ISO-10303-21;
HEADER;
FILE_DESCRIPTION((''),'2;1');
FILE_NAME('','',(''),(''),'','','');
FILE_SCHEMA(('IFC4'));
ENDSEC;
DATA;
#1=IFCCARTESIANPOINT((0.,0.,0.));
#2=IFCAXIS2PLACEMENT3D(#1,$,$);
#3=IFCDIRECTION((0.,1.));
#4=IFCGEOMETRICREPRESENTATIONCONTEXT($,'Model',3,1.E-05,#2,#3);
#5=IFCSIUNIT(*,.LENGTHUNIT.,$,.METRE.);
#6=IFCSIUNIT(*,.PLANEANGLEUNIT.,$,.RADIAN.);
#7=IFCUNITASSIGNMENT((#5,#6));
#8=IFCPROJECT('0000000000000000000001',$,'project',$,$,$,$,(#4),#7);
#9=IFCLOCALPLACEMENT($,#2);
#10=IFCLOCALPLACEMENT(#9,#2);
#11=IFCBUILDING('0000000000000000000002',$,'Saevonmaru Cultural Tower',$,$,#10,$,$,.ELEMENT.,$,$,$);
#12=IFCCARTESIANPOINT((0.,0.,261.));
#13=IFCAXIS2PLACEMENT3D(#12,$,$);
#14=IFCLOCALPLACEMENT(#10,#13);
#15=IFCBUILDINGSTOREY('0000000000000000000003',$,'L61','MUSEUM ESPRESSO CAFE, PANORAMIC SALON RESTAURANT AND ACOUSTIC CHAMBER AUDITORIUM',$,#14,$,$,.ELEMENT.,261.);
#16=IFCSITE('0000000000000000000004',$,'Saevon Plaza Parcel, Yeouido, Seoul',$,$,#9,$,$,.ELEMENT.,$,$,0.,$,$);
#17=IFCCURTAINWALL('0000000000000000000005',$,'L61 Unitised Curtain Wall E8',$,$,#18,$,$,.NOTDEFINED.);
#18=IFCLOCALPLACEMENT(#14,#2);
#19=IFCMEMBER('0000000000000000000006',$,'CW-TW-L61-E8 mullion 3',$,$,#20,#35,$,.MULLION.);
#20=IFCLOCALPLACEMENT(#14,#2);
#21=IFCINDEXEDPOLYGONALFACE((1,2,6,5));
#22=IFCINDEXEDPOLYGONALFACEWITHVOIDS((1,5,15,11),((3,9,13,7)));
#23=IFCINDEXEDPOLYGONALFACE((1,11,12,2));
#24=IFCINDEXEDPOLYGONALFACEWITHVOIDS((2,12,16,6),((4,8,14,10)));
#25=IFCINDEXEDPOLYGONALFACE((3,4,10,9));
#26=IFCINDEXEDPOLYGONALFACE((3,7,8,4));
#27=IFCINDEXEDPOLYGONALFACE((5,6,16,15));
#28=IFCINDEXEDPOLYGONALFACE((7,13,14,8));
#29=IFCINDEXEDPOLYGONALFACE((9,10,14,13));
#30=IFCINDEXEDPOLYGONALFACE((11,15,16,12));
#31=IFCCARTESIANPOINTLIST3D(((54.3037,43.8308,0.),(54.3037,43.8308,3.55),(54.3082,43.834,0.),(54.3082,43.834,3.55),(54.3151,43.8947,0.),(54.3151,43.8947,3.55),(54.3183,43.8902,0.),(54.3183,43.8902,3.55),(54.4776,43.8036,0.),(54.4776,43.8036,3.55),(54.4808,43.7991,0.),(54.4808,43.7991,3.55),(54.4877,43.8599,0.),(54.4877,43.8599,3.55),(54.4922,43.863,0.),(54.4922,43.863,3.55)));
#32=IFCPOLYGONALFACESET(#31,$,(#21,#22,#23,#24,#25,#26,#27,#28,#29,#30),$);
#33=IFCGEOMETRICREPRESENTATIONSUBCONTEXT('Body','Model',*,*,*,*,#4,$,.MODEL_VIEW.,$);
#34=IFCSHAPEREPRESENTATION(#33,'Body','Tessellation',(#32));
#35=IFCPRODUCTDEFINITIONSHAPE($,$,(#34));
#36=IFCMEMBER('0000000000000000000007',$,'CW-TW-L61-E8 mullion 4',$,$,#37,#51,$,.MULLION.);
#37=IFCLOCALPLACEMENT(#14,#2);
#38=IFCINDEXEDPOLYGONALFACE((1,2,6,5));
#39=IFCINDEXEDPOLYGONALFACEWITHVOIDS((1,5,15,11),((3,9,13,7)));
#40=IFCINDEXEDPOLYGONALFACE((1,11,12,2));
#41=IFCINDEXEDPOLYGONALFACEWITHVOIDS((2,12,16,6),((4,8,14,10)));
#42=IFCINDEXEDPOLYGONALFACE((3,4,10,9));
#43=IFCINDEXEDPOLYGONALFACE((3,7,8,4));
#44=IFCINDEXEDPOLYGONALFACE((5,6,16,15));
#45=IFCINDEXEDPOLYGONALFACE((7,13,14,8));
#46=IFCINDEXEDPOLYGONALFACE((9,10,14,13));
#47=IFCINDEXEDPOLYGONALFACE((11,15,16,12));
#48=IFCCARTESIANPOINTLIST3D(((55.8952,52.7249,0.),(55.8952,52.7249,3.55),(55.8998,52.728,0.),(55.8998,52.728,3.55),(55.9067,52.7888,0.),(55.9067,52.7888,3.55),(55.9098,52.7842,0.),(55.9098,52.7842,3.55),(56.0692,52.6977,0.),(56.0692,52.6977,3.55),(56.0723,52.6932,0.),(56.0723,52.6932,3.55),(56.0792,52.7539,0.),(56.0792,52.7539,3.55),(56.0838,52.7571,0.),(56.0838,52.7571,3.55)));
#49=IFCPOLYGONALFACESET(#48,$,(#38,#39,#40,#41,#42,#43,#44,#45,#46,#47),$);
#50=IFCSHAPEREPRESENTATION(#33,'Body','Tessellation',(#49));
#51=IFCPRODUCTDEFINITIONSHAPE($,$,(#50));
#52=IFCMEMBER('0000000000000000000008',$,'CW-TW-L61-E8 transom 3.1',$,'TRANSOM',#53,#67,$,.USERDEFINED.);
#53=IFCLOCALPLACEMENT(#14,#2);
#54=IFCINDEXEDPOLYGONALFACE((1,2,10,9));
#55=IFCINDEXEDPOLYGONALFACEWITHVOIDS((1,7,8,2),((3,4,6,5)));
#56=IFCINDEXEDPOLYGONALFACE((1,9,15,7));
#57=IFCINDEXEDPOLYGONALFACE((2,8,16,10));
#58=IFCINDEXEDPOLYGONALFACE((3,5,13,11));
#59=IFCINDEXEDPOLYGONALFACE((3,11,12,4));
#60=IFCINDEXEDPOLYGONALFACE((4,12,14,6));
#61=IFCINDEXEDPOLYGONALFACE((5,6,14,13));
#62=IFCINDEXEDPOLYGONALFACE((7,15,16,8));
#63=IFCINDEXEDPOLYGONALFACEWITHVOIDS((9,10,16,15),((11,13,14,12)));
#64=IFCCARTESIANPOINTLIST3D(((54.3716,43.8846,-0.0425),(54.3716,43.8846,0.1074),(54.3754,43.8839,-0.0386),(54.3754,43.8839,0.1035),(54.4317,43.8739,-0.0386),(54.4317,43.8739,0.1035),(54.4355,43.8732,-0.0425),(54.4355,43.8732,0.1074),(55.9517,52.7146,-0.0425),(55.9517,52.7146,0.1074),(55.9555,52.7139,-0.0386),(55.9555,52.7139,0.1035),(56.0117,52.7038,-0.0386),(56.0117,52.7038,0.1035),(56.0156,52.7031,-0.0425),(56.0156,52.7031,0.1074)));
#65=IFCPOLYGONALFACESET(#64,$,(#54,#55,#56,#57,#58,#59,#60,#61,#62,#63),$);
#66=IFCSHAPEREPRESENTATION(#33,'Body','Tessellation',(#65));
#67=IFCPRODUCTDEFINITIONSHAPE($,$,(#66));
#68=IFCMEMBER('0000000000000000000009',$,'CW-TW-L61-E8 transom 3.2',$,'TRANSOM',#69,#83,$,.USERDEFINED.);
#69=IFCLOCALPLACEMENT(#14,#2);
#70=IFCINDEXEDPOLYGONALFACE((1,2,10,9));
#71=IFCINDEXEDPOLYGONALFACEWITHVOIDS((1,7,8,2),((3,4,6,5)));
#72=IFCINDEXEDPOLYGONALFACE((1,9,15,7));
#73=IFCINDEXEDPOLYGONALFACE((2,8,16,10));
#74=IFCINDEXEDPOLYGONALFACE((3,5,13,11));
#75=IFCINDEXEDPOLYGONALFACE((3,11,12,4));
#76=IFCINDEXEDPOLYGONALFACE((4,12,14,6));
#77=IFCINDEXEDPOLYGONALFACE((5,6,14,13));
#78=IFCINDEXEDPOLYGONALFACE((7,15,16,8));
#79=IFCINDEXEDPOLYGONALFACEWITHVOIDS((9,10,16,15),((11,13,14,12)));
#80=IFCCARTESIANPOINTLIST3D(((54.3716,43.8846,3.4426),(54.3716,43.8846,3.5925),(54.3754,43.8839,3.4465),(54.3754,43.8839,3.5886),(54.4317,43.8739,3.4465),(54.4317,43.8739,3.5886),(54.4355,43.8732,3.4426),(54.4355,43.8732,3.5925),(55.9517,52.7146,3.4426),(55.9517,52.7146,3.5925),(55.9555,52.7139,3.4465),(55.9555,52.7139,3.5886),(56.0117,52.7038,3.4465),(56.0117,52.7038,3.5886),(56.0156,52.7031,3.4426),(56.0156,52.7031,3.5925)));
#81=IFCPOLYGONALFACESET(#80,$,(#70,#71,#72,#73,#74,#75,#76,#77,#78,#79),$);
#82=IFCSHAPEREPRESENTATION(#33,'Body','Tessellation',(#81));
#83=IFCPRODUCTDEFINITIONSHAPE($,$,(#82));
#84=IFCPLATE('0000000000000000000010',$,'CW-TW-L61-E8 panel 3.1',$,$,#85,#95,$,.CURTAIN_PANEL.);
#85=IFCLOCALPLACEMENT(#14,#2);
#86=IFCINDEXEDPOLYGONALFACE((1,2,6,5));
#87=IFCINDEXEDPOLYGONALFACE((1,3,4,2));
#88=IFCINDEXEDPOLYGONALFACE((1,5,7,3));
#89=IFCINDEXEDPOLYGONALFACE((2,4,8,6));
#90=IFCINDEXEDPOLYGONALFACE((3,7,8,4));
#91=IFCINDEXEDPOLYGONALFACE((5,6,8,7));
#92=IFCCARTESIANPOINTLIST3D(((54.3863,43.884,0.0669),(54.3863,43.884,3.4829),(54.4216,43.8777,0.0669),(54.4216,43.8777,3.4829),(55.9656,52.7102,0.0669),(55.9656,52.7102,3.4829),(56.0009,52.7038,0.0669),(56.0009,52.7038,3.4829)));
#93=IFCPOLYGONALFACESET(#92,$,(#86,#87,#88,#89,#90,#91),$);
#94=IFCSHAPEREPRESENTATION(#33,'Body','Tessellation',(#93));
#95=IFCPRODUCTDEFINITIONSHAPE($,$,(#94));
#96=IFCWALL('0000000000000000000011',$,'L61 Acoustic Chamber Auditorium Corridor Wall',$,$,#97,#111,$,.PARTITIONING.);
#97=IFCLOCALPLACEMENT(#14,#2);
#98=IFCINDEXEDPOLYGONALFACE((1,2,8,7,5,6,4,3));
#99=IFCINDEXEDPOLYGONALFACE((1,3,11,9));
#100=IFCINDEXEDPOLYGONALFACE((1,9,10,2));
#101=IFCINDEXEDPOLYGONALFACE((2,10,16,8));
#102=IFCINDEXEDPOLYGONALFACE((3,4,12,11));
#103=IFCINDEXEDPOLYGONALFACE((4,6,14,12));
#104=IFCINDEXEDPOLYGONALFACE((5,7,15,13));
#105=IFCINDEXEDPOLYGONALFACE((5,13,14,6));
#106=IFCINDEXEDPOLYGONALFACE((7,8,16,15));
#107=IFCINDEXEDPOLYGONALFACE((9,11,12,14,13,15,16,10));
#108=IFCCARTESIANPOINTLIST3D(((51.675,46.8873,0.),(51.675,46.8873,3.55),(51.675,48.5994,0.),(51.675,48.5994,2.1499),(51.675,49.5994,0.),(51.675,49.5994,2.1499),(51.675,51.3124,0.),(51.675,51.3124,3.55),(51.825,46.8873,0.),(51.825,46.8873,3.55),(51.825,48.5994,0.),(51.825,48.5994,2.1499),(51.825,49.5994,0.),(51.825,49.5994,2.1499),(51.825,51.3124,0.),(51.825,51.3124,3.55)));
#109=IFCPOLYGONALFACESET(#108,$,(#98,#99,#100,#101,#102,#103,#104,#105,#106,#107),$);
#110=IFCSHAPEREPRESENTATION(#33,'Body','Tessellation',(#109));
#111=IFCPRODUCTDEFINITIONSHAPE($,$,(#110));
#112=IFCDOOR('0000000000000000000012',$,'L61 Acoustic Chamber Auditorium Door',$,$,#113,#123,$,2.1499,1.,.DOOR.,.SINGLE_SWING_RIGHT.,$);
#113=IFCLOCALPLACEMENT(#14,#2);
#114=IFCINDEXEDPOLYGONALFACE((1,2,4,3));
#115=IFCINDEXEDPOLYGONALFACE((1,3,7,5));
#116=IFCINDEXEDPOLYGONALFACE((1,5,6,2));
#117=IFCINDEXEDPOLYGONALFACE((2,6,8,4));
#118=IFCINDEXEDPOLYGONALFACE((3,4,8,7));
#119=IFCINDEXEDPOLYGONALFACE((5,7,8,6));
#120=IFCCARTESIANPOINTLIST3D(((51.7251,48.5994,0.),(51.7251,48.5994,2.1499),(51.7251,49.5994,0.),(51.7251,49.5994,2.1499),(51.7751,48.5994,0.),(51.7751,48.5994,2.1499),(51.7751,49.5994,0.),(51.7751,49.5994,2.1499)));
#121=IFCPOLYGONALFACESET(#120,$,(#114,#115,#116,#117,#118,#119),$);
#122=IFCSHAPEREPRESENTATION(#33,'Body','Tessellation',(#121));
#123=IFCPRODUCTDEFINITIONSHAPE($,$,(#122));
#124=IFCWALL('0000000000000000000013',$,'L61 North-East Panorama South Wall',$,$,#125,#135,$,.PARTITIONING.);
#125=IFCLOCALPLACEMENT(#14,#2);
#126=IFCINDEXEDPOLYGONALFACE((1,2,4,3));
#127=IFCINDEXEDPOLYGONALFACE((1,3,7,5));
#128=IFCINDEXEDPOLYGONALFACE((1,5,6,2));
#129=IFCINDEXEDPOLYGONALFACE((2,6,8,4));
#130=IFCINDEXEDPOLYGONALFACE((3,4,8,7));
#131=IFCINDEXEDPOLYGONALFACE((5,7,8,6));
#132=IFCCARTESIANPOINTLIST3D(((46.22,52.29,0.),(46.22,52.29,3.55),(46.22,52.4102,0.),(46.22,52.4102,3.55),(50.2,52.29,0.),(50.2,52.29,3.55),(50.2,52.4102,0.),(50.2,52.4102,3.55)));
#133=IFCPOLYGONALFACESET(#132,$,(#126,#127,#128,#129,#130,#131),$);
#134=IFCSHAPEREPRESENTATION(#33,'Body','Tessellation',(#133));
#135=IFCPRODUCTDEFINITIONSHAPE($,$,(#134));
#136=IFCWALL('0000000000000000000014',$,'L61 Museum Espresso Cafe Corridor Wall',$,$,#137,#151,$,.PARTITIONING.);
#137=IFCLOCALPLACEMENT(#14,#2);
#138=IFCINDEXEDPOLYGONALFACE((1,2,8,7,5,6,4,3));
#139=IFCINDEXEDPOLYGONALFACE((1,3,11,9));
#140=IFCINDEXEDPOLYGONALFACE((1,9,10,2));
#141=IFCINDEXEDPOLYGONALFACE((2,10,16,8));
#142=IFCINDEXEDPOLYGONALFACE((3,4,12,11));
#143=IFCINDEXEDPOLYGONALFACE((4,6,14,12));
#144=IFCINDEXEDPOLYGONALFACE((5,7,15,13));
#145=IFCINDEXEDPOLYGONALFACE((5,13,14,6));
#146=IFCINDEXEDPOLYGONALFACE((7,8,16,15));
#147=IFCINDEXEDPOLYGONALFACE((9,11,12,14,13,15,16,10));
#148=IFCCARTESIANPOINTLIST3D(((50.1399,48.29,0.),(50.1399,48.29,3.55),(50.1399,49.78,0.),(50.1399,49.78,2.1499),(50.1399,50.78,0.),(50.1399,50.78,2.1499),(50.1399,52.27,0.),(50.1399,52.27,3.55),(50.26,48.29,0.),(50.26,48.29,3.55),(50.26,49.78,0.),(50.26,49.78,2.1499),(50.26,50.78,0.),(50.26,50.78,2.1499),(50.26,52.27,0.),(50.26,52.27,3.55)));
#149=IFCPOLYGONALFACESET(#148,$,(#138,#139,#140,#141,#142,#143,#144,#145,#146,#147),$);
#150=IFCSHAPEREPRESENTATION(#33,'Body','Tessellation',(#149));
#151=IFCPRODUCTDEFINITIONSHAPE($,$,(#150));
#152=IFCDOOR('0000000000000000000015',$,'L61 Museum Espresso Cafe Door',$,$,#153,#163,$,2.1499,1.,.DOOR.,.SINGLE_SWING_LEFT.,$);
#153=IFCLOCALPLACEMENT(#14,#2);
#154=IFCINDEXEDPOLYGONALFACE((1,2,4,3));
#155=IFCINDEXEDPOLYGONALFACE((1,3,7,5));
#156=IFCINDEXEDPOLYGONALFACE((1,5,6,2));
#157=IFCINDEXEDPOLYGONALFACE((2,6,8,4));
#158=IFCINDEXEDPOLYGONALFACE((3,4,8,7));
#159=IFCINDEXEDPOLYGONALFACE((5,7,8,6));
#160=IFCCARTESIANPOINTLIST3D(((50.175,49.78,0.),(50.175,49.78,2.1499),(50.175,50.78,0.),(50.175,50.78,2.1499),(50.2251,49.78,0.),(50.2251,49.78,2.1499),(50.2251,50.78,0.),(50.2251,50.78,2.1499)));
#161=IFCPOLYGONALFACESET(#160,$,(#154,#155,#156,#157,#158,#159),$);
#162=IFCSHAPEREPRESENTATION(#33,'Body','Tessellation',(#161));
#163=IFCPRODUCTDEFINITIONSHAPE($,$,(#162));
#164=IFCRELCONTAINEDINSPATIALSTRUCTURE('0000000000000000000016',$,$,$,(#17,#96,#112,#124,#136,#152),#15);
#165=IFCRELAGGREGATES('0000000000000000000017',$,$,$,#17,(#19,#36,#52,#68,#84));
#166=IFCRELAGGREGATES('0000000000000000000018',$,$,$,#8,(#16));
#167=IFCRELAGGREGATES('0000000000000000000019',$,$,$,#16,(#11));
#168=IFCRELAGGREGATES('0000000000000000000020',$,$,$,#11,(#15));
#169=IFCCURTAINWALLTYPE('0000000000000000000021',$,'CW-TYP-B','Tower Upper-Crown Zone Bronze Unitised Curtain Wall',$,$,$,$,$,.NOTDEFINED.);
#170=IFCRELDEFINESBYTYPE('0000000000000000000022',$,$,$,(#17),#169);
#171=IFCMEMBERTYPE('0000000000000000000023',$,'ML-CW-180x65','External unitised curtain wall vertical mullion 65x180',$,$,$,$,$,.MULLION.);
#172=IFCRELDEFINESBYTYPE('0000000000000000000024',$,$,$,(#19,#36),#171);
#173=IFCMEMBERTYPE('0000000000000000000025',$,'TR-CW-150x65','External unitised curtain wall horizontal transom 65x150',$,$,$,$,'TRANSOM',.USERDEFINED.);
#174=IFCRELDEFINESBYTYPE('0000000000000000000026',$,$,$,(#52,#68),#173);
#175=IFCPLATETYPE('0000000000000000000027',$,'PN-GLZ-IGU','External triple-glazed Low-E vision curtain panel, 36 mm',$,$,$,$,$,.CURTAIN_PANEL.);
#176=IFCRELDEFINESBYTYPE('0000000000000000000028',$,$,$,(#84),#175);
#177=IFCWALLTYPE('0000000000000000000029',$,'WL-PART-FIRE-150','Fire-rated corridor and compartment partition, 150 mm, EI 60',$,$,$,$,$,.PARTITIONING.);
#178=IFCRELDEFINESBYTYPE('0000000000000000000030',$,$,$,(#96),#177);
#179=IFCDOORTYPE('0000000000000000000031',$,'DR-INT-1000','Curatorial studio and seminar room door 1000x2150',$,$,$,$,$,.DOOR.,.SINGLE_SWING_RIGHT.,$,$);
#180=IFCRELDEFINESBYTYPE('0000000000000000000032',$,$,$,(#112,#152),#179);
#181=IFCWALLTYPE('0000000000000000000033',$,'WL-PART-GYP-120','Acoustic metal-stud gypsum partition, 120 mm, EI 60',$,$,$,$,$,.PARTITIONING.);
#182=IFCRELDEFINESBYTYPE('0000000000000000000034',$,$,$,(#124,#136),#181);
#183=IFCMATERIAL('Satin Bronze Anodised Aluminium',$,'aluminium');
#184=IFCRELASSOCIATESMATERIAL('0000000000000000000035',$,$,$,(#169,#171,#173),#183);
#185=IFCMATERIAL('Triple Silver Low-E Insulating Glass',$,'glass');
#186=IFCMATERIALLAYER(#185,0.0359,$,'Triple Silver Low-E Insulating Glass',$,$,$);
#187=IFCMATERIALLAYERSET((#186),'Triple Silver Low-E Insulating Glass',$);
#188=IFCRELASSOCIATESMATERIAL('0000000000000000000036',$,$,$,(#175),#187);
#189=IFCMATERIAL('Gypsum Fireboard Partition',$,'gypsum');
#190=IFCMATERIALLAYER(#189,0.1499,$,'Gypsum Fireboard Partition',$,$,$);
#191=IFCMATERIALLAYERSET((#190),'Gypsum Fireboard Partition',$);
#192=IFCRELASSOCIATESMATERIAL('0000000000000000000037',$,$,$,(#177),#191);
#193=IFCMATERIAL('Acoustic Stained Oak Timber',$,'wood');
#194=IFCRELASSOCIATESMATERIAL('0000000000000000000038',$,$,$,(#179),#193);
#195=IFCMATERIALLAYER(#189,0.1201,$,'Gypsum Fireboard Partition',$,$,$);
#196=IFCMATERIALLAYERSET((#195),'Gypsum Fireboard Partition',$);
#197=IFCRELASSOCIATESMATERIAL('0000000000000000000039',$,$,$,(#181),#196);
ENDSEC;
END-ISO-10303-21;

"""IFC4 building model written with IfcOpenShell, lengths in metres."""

from ifc_helpers import new_model, si_unit, direction, frame, frame_2d, origin, origin_2d, place, context, subcontext, project, spatial, rectangle, hollow_rectangle, extrude, material, layer, layer_set, material_profile, profile_set, type_object, element, fill, aggregate, save


model = new_model("IFC4")

# Units and contexts
model_context = context("Model", 3, precision=1e-05, world=origin(), true_north=direction((0.0, 1.0)))
body_context = subcontext(model_context, "Body", "Model", "MODEL_VIEW")
ifc_project = project(units=[si_unit("LENGTHUNIT", "METRE"), si_unit("PLANEANGLEUNIT", "RADIAN")], contexts=[model_context])

# Site, building, storey
site_placement = place(None, origin())
site = spatial("IfcSite", under=ifc_project, at=site_placement, Name="Saevon Plaza Parcel, Yeouido, Seoul", CompositionType="ELEMENT", RefElevation=0.0)
building_placement = place(site_placement, origin())
building = spatial("IfcBuilding", under=site, at=building_placement, Name="Saevonmaru Cultural Tower", CompositionType="ELEMENT")
storey_placement = place(building_placement, frame((0.0, 0.0, 261.0)))
storey = spatial("IfcBuildingStorey", under=building, at=storey_placement, Name="L61", Description="MUSEUM ESPRESSO CAFE, PANORAMIC SALON RESTAURANT AND ACOUSTIC CHAMBER AUDITORIUM", CompositionType="ELEMENT", Elevation=261.0)

# Curtain wall, members, plate
ifc_material_1 = material(Name="Satin Bronze Anodised Aluminium", Category="aluminium")
curtain_wall_type = type_object("IfcCurtainWallType", Name="CW-TYP-B", Description="Tower Upper-Crown Zone Bronze Unitised Curtain Wall", PredefinedType="NOTDEFINED", material=ifc_material_1)
curtain_wall_placement = place(storey_placement, origin())
curtain_wall = element("IfcCurtainWall", 1, at=curtain_wall_placement, inside=storey, type_object=curtain_wall_type, Name="L61 Unitised Curtain Wall E8", PredefinedType="NOTDEFINED")
ifc_material_profile_1 = material_profile(ifc_material_1, hollow_rectangle(XDim=0.0649, YDim=0.1799, WallThickness=0.0039, at=origin_2d()), Name="ALU-MULL-180x65x4")
ifc_profile_set_1 = profile_set([ifc_material_profile_1], Name="Satin Bronze Anodised Aluminium")
member_type_1 = type_object("IfcMemberType", Name="ML-CW-180x65", Description="External unitised curtain wall vertical mullion 65x180", PredefinedType="MULLION", material=ifc_profile_set_1)
member_1_placement = place(storey_placement, frame((54.3979, 43.8469, 0.0), z_axis=(0.0, 0.0, 1.0), x_axis=(0.176141, 0.984365, 0.0)))
member_1 = element("IfcMember", 2, at=member_1_placement, type_object=member_type_1, Name="CW-TW-L61-E8 mullion 3", PredefinedType="MULLION", context=body_context, shape_type="SweptSolid", body=[
    extrude(hollow_rectangle(XDim=0.0649, YDim=0.1799, WallThickness=0.0039, at=origin_2d()), origin(), (0.0, 0.0, 1.0), 3.55),
])
member_2_placement = place(storey_placement, frame((55.9895, 52.741, 0.0), z_axis=(0.0, 0.0, 1.0), x_axis=(0.176141, 0.984365, 0.0)))
member_2 = element("IfcMember", 3, at=member_2_placement, type_object=member_type_1, Name="CW-TW-L61-E8 mullion 4", PredefinedType="MULLION", context=body_context, shape_type="SweptSolid", body=[
    extrude(hollow_rectangle(XDim=0.0649, YDim=0.1799, WallThickness=0.0039, at=origin_2d()), origin(), (0.0, 0.0, 1.0), 3.55),
])
ifc_material_profile_2 = material_profile(ifc_material_1, hollow_rectangle(XDim=0.0649, YDim=0.1499, WallThickness=0.0039, at=origin_2d()), Name="ALU-TRAN-150x65x4")
ifc_profile_set_2 = profile_set([ifc_material_profile_2], Name="Satin Bronze Anodised Aluminium")
member_type_2 = type_object("IfcMemberType", Name="TR-CW-150x65", Description="External unitised curtain wall horizontal transom 65x150", ElementType="TRANSOM", PredefinedType="USERDEFINED", material=ifc_profile_set_2)
member_3_placement = place(storey_placement, frame((54.4036, 43.8789, 0.0325), z_axis=(0.176145, 0.984364, 0.0), x_axis=(-0.984364, 0.176145, 0.0)))
member_3 = element("IfcMember", 4, at=member_3_placement, type_object=member_type_2, Name="CW-TW-L61-E8 transom 3.1", ObjectType="TRANSOM", PredefinedType="USERDEFINED", context=body_context, shape_type="SweptSolid", body=[
    extrude(hollow_rectangle(XDim=0.0649, YDim=0.1499, WallThickness=0.0039, at=origin_2d()), origin(), (0.0, 0.0, 1.0), 8.9702),
])
member_4_placement = place(storey_placement, frame((54.4036, 43.8789, 3.5176), z_axis=(0.176145, 0.984364, 0.0), x_axis=(-0.984364, 0.176145, 0.0)))
member_4 = element("IfcMember", 5, at=member_4_placement, type_object=member_type_2, Name="CW-TW-L61-E8 transom 3.2", ObjectType="TRANSOM", PredefinedType="USERDEFINED", context=body_context, shape_type="SweptSolid", body=[
    extrude(hollow_rectangle(XDim=0.0649, YDim=0.1499, WallThickness=0.0039, at=origin_2d()), origin(), (0.0, 0.0, 1.0), 8.9702),
])
ifc_material_2 = material(Name="Triple Silver Low-E Insulating Glass", Category="glass")
ifc_layer_1 = layer(ifc_material_2, 0.0359, Name="Triple Silver Low-E Insulating Glass")
ifc_layer_set_1 = layer_set([ifc_layer_1], Name="Triple Silver Low-E Insulating Glass")
plate_type = type_object("IfcPlateType", Name="PN-GLZ-IGU", Description="External triple-glazed Low-E vision curtain panel, 36 mm", PredefinedType="CURTAIN_PANEL", material=ifc_layer_set_1)
plate_placement = place(storey_placement, frame((55.1936, 48.2939, 0.0669), z_axis=(0.0, 0.0, 1.0), x_axis=(0.176141, 0.984365, 0.0)))
plate = element("IfcPlate", 6, at=plate_placement, type_object=plate_type, Name="CW-TW-L61-E8 panel 3.1", PredefinedType="CURTAIN_PANEL", context=body_context, shape_type="SweptSolid", body=[
    extrude(rectangle(XDim=8.9663, YDim=0.0359, at=origin_2d()), origin(), (0.0, 0.0, 1.0), 3.416),
])
aggregate(curtain_wall, [member_1, member_2, member_3, member_4, plate])

# Wall, opening, door
ifc_material_3 = material(Name="Gypsum Fireboard Partition", Category="gypsum")
ifc_layer_2 = layer(ifc_material_3, 0.1499, Name="Gypsum Fireboard Partition")
ifc_layer_set_2 = layer_set([ifc_layer_2], Name="Gypsum Fireboard Partition")
wall_type_1 = type_object("IfcWallType", Name="WL-PART-FIRE-150", Description="Fire-rated corridor and compartment partition, 150 mm, EI 60", PredefinedType="PARTITIONING", material=ifc_layer_set_2)
wall_1_placement = place(storey_placement, frame((51.75, 46.8875, 0.0), z_axis=(0.0, 0.0, 1.0), x_axis=(0.0, 1.0, 0.0)))
wall_1 = element("IfcWall", 7, at=wall_1_placement, inside=storey, type_object=wall_type_1, Name="L61 Acoustic Chamber Auditorium Corridor Wall", PredefinedType="PARTITIONING", context=body_context, shape_type="SweptSolid", body=[
    extrude(rectangle(XDim=4.425, YDim=0.1499, at=frame_2d((2.2124, 0.0))), origin(), (0.0, 0.0, 1.0), 3.55),
])
opening_1_placement = place(wall_1_placement, frame((1.7119, 0.0, 0.0)))
opening_1 = element("IfcOpeningElement", 8, at=opening_1_placement, cuts=wall_1, PredefinedType="OPENING", context=body_context, shape_type="SweptSolid", body=[
    extrude(rectangle(XDim=1.0, YDim=2.1499, at=frame_2d((0.5, 1.075))), frame((0.0, 0.085, 0.0), z_axis=(0.0, -1.0, 0.0), x_axis=(1.0, 0.0, 0.0)), (0.0, 0.0, 1.0), 0.1699),
])
ifc_material_4 = material(Name="Acoustic Stained Oak Timber", Category="wood")
door_type_1 = type_object("IfcDoorType", Name="DR-INT-1000", Description="Curatorial studio and seminar room door 1000x2150", OperationType="SINGLE_SWING_RIGHT", PredefinedType="DOOR", material=ifc_material_4)
door_1_placement = place(opening_1_placement, origin())
door_1 = element("IfcDoor", 9, at=door_1_placement, inside=storey, type_object=door_type_1, Name="L61 Acoustic Chamber Auditorium Door", OperationType="SINGLE_SWING_RIGHT", OverallHeight=2.1499, OverallWidth=1.0, PredefinedType="DOOR", context=body_context, shape_type="SweptSolid", body=[
    extrude(rectangle(XDim=1.0, YDim=2.1499, at=frame_2d((0.5, 1.075))), frame((0.0, 0.0249, 0.0), z_axis=(0.0, -1.0, 0.0), x_axis=(1.0, 0.0, 0.0)), (0.0, 0.0, 1.0), 0.05),
])
fill(opening_1, door_1)

# Wall
ifc_layer_3 = layer(ifc_material_3, 0.1201, Name="Gypsum Fireboard Partition")
ifc_layer_set_3 = layer_set([ifc_layer_3], Name="Gypsum Fireboard Partition")
wall_type_2 = type_object("IfcWallType", Name="WL-PART-GYP-120", Description="Acoustic metal-stud gypsum partition, 120 mm, EI 60", PredefinedType="PARTITIONING", material=ifc_layer_set_3)
wall_2_placement = place(storey_placement, frame((46.22, 52.3501, 0.0), z_axis=(0.0, 0.0, 1.0), x_axis=(1.0, 0.0, 0.0)))
element("IfcWall", 10, at=wall_2_placement, inside=storey, type_object=wall_type_2, Name="L61 North-East Panorama South Wall", PredefinedType="PARTITIONING", context=body_context, shape_type="SweptSolid", body=[
    extrude(rectangle(XDim=3.98, YDim=0.1201, at=frame_2d((1.99, 0.0))), origin(), (0.0, 0.0, 1.0), 3.55),
])

# Wall, opening, door
wall_3_placement = place(storey_placement, frame((50.2, 48.29, 0.0), z_axis=(0.0, 0.0, 1.0), x_axis=(0.0, 1.0, 0.0)))
wall_3 = element("IfcWall", 11, at=wall_3_placement, inside=storey, type_object=wall_type_2, Name="L61 Museum Espresso Cafe Corridor Wall", PredefinedType="PARTITIONING", context=body_context, shape_type="SweptSolid", body=[
    extrude(rectangle(XDim=3.98, YDim=0.1201, at=frame_2d((1.99, 0.0))), origin(), (0.0, 0.0, 1.0), 3.55),
])
opening_2_placement = place(wall_3_placement, frame((1.49, 0.0, 0.0)))
opening_2 = element("IfcOpeningElement", 12, at=opening_2_placement, cuts=wall_3, PredefinedType="OPENING", context=body_context, shape_type="SweptSolid", body=[
    extrude(rectangle(XDim=1.0, YDim=2.1499, at=frame_2d((0.5, 1.075))), frame((0.0, 0.0701, 0.0), z_axis=(0.0, -1.0, 0.0), x_axis=(1.0, 0.0, 0.0)), (0.0, 0.0, 1.0), 0.1401),
])
door_2_placement = place(opening_2_placement, origin())
door_2 = element("IfcDoor", 13, at=door_2_placement, inside=storey, type_object=door_type_1, Name="L61 Museum Espresso Cafe Door", OperationType="SINGLE_SWING_LEFT", OverallHeight=2.1499, OverallWidth=1.0, PredefinedType="DOOR", context=body_context, shape_type="SweptSolid", body=[
    extrude(rectangle(XDim=1.0, YDim=2.1499, at=frame_2d((0.5, 1.075))), frame((0.0, 0.0249, 0.0), z_axis=(0.0, -1.0, 0.0), x_axis=(1.0, 0.0, 0.0)), (0.0, 0.0, 1.0), 0.05),
])
fill(opening_2, door_2)

save(model, "model.ifc")
